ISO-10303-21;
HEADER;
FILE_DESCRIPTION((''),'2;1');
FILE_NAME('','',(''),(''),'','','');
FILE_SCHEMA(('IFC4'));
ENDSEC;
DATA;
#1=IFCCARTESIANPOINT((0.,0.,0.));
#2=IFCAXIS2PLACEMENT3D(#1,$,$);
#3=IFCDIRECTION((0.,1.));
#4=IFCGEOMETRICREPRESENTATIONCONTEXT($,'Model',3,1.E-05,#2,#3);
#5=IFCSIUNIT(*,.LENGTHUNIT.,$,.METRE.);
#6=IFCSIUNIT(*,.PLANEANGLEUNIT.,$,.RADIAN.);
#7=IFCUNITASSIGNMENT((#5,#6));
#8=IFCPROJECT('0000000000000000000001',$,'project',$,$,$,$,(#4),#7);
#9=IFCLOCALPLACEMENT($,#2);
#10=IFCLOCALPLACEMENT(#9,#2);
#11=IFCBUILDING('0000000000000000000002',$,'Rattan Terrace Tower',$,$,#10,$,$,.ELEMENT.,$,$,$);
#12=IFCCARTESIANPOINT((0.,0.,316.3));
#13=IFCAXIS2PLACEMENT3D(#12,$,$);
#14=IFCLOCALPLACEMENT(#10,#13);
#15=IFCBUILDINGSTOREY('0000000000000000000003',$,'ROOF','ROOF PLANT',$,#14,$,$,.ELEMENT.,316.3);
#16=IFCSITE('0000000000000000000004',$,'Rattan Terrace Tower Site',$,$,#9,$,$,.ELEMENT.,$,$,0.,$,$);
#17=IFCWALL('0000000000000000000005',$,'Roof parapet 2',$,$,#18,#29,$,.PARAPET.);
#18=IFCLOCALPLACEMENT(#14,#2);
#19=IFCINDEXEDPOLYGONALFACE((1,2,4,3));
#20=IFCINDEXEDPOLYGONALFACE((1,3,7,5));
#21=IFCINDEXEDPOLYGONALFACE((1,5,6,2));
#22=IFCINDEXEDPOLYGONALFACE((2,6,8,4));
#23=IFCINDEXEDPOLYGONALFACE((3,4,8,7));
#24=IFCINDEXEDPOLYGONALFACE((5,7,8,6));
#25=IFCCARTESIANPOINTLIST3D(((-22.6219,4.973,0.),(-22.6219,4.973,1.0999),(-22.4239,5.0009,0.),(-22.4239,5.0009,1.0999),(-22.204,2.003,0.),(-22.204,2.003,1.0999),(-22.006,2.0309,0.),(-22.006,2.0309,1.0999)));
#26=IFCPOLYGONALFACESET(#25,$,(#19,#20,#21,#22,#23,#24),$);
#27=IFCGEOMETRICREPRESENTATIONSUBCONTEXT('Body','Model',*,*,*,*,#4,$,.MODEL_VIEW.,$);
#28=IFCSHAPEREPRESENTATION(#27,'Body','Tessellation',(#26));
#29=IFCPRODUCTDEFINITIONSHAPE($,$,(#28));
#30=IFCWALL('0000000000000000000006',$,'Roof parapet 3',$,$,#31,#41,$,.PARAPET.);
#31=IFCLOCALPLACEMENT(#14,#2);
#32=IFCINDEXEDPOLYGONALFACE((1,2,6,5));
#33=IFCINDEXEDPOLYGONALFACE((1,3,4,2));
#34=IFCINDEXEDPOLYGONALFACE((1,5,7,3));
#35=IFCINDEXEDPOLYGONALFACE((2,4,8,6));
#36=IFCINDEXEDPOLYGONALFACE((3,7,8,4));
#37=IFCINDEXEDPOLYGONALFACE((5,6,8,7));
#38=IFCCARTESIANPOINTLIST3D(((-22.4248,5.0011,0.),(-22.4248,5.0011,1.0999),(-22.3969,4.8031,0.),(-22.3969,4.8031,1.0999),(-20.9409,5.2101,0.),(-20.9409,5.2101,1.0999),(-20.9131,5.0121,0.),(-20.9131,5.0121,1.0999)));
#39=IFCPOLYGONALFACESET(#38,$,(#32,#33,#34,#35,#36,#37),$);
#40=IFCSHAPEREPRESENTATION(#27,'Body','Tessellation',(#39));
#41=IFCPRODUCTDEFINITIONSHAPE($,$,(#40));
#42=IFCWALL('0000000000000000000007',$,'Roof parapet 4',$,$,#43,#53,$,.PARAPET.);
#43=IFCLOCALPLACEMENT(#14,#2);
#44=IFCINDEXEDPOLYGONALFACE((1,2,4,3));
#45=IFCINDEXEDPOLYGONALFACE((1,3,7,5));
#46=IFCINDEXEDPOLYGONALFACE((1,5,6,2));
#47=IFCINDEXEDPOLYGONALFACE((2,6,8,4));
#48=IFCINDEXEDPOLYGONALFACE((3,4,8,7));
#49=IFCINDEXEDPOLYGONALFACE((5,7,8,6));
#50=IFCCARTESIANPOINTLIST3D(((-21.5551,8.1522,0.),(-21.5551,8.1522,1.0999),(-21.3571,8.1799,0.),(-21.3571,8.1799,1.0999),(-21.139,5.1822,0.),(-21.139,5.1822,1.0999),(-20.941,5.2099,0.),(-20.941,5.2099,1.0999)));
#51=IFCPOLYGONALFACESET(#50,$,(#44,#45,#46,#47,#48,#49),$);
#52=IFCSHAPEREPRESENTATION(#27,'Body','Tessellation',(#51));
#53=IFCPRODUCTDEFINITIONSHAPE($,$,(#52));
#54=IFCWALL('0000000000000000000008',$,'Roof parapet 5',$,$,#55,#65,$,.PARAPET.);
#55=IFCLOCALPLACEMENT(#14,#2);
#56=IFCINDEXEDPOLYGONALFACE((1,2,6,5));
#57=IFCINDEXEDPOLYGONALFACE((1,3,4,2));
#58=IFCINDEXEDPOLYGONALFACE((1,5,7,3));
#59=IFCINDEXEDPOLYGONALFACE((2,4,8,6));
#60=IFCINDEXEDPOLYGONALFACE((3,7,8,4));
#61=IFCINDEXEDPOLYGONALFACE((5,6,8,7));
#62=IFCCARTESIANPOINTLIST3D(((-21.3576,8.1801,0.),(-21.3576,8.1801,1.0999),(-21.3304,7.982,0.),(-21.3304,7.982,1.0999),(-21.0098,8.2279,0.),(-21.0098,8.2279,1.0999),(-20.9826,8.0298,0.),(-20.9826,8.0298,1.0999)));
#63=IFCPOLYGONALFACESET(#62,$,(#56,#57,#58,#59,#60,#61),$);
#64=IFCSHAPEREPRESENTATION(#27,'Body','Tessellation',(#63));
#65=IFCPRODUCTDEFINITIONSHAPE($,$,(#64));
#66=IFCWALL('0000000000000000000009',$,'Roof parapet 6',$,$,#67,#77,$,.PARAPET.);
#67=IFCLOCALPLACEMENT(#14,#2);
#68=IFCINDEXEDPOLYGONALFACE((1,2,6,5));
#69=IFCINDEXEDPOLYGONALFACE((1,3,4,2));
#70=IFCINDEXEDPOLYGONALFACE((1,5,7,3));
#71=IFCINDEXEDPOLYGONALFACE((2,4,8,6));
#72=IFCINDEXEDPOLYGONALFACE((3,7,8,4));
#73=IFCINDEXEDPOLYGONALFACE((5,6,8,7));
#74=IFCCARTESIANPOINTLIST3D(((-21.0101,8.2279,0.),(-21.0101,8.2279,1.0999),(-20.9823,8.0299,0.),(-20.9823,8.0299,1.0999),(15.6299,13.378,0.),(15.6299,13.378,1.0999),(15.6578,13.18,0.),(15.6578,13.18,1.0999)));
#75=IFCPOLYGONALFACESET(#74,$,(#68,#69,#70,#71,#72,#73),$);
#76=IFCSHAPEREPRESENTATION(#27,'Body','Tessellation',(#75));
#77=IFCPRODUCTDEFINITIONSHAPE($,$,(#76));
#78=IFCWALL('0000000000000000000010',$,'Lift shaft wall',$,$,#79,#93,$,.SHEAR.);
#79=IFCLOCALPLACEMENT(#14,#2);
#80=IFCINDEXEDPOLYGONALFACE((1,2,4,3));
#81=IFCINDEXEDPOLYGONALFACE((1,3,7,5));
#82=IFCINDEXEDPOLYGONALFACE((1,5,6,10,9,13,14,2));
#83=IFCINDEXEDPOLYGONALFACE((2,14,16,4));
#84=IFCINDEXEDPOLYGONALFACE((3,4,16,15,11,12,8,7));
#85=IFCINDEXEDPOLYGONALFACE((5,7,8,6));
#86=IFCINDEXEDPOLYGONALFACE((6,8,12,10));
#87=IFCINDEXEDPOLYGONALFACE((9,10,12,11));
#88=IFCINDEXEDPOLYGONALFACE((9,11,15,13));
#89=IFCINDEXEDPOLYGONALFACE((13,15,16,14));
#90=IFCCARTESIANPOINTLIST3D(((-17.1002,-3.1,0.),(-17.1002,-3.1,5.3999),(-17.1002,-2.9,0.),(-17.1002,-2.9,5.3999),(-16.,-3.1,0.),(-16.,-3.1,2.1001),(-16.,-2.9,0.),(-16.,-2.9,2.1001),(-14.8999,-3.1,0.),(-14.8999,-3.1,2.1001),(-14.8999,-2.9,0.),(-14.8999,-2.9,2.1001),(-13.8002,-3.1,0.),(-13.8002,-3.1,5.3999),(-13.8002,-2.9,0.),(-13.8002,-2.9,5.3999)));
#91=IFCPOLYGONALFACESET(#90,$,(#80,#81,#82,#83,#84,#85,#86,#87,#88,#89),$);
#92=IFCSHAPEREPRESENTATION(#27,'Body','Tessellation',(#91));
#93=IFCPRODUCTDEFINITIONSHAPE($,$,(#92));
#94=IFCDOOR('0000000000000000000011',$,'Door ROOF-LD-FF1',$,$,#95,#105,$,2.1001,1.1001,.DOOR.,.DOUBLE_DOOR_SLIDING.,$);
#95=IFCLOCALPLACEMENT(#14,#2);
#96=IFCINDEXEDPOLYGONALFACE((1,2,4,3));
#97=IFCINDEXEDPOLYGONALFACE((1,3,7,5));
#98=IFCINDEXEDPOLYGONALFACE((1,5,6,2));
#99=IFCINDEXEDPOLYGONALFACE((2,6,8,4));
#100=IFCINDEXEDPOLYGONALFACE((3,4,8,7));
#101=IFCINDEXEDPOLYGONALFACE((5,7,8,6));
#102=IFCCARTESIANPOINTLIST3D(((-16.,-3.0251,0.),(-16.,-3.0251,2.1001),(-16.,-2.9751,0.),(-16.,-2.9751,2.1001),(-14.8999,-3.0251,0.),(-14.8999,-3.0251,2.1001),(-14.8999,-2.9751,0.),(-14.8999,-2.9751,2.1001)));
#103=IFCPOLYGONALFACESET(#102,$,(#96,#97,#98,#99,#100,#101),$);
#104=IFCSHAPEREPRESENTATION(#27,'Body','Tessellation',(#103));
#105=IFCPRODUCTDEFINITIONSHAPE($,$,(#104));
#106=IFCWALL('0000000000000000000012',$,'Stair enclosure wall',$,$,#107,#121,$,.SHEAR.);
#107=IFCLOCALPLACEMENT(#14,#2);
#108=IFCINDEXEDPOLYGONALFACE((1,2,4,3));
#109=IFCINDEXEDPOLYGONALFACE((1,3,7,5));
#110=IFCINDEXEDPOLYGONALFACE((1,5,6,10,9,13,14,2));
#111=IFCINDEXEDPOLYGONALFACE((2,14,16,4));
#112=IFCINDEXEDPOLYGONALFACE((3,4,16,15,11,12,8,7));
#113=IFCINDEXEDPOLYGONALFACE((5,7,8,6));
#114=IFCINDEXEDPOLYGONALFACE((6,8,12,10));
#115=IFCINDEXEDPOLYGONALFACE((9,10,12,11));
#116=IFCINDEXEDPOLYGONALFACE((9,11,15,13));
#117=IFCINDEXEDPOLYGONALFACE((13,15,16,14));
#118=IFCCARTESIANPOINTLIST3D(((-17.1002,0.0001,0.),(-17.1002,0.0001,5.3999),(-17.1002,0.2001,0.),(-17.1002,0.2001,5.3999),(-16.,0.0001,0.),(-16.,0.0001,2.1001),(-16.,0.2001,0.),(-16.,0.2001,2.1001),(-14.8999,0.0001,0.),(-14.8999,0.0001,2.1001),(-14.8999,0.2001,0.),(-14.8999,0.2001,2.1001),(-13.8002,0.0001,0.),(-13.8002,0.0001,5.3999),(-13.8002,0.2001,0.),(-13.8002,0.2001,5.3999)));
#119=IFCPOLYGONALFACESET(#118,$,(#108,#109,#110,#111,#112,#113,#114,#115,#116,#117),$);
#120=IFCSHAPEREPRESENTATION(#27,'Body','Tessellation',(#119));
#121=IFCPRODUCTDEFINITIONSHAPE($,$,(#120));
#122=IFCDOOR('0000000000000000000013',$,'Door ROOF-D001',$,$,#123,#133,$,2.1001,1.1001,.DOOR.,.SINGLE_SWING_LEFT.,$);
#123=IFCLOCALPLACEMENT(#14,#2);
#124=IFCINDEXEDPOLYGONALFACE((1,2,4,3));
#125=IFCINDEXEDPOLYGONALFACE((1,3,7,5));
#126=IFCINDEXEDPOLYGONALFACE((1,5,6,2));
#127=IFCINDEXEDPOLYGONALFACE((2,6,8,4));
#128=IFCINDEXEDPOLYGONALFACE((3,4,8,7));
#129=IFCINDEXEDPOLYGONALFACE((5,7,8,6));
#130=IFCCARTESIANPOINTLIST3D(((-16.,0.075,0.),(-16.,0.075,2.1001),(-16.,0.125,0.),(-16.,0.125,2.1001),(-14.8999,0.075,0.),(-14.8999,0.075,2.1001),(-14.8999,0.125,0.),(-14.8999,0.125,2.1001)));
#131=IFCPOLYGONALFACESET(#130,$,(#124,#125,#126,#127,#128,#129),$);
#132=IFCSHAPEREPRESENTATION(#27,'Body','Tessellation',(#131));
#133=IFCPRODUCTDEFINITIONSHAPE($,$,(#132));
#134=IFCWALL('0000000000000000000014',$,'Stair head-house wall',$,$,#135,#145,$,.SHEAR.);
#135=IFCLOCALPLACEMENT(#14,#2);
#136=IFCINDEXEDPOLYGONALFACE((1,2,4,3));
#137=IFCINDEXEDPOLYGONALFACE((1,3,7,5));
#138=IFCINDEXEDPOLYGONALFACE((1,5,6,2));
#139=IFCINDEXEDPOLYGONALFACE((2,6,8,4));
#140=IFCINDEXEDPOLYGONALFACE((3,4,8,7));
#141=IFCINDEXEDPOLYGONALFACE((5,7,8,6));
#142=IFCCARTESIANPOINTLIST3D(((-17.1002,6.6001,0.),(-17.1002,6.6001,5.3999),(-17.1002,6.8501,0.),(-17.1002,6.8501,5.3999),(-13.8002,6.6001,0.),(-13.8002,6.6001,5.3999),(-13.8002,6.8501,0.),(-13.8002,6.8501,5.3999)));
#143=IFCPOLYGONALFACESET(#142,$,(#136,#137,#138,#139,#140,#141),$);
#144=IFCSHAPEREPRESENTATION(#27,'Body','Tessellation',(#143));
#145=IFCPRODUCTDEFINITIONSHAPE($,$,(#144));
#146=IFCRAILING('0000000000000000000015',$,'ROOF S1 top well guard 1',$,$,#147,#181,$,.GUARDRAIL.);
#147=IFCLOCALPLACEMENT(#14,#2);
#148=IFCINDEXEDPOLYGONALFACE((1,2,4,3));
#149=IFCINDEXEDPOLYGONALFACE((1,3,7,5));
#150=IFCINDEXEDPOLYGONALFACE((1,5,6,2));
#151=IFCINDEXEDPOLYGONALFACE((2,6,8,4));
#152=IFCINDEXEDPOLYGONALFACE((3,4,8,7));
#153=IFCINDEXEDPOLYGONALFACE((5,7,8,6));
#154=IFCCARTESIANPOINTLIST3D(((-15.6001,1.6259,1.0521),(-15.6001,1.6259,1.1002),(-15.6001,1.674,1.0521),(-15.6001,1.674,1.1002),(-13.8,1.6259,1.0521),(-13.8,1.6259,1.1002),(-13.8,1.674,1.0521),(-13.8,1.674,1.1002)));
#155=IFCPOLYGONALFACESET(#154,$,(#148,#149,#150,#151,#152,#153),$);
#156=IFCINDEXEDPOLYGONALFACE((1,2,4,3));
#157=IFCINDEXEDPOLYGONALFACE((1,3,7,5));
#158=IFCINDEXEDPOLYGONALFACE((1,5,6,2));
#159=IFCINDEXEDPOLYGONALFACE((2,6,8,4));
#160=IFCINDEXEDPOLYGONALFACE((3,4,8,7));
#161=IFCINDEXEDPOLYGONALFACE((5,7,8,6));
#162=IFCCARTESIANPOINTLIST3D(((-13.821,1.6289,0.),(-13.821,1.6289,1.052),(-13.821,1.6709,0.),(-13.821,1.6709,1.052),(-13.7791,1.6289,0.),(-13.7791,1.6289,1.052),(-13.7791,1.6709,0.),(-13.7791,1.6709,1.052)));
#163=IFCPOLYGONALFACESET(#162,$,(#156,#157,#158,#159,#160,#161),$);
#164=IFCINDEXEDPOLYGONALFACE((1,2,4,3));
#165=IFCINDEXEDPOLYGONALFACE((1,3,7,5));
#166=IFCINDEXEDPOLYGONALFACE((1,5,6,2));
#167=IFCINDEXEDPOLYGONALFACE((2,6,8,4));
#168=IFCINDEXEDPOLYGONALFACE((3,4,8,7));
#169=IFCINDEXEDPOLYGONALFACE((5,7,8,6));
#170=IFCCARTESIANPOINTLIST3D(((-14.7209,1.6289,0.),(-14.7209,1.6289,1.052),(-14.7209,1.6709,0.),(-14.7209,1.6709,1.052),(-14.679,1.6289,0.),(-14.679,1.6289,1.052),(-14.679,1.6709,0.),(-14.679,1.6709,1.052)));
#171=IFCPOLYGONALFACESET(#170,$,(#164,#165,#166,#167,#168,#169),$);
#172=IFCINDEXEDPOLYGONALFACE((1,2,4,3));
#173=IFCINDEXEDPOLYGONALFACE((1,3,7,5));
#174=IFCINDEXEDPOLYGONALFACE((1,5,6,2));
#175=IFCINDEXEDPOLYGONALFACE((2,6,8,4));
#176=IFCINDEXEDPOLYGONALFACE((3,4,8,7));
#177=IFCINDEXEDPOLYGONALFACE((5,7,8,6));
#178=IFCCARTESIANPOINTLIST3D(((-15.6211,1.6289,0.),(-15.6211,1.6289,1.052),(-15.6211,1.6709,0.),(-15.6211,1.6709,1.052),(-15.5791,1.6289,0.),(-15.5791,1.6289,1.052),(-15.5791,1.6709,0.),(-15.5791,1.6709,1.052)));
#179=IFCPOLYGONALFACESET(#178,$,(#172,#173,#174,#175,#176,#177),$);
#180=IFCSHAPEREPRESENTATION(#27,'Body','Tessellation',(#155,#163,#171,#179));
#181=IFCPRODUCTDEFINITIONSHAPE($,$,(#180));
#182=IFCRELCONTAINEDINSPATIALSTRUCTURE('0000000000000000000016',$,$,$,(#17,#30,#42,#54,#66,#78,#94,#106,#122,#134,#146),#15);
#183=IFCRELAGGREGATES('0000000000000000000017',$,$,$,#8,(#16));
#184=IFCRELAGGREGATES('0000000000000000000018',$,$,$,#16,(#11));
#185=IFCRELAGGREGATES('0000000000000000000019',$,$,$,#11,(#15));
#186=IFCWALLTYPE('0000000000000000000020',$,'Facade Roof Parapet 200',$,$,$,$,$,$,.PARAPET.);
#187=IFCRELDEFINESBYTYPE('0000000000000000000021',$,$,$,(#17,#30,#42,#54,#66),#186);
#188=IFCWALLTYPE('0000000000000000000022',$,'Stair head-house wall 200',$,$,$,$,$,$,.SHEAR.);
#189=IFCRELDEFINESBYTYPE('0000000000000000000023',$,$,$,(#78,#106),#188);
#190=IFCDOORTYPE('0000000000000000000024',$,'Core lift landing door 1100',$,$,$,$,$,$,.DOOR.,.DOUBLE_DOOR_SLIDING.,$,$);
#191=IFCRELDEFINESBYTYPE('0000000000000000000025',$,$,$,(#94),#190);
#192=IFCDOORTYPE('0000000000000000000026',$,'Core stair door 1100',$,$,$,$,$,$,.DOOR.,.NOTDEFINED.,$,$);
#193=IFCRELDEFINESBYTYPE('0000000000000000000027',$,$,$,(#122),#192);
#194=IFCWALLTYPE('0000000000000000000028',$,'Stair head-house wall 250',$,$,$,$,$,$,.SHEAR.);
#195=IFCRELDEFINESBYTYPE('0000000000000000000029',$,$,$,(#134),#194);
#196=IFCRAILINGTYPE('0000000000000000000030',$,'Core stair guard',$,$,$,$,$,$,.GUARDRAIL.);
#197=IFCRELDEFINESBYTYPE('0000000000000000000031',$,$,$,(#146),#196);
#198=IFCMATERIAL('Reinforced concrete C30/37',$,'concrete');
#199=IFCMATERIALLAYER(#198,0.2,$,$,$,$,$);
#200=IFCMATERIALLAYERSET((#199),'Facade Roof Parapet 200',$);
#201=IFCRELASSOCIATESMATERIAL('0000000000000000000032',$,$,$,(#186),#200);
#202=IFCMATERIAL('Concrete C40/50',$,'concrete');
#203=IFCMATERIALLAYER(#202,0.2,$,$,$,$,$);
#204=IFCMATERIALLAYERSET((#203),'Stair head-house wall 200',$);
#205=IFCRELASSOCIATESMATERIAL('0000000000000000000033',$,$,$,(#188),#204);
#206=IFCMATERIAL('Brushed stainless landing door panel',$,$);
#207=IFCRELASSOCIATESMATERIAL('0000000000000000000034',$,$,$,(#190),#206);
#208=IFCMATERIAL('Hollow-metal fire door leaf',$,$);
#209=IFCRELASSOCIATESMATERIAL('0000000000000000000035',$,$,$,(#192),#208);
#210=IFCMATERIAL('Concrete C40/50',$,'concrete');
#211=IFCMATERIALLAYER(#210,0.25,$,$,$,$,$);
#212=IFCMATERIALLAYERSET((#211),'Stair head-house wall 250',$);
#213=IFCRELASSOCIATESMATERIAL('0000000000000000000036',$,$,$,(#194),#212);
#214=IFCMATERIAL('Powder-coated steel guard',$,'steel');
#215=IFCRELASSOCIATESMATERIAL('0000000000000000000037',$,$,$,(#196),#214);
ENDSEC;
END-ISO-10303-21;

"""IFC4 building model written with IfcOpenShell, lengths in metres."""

from ifc_helpers import new_model, si_unit, direction, frame, frame_2d, origin, origin_2d, place, context, subcontext, project, spatial, rectangle, extrude, material, layer, layer_set, type_object, element, fill, save


model = new_model("IFC4")

# Units and contexts
model_context = context("Model", 3, precision=1e-05, world=origin(), true_north=direction((0.0, 1.0)))
body_context = subcontext(model_context, "Body", "Model", "MODEL_VIEW")
ifc_project = project(units=[si_unit("LENGTHUNIT", "METRE"), si_unit("PLANEANGLEUNIT", "RADIAN")], contexts=[model_context])

# Site, building, storey
site_placement = place(None, origin())
site = spatial("IfcSite", under=ifc_project, at=site_placement, Name="Rattan Terrace Tower Site", CompositionType="ELEMENT", RefElevation=0.0)
building_placement = place(site_placement, origin())
building = spatial("IfcBuilding", under=site, at=building_placement, Name="Rattan Terrace Tower", CompositionType="ELEMENT")
storey_placement = place(building_placement, frame((0.0, 0.0, 316.3)))
storey = spatial("IfcBuildingStorey", under=building, at=storey_placement, Name="ROOF", Description="ROOF PLANT", CompositionType="ELEMENT", Elevation=316.3)

# Walls
ifc_material_1 = material(Name="Reinforced concrete C30/37", Category="concrete")
ifc_layer_1 = layer(ifc_material_1, 0.2)
ifc_layer_set_1 = layer_set([ifc_layer_1], Name="Facade Roof Parapet 200")
wall_type_1 = type_object("IfcWallType", Name="Facade Roof Parapet 200", PredefinedType="PARAPET", material=ifc_layer_set_1)
wall_1_placement = place(storey_placement, frame((-22.105, 2.0171, 0.0), z_axis=(0.0, 0.0, 1.0), x_axis=(-0.139358, 0.990242, 0.0)))
element("IfcWall", 1, at=wall_1_placement, inside=storey, type_object=wall_type_1, Name="Roof parapet 2", PredefinedType="PARAPET", context=body_context, shape_type="SweptSolid", body=[
    extrude(rectangle(XDim=2.9993, YDim=0.2, at=frame_2d((1.4995, 0.0))), origin(), (0.0, 0.0, 1.0), 1.0999),
])
wall_2_placement = place(storey_placement, frame((-22.4109, 4.9021, 0.0), z_axis=(0.0, 0.0, 1.0), x_axis=(0.990228, 0.13946, 0.0)))
element("IfcWall", 2, at=wall_2_placement, inside=storey, type_object=wall_type_1, Name="Roof parapet 3", PredefinedType="PARAPET", context=body_context, shape_type="SweptSolid", body=[
    extrude(rectangle(XDim=1.4985, YDim=0.2, at=frame_2d((0.7493, 0.0))), origin(), (0.0, 0.0, 1.0), 1.0999),
])
wall_3_placement = place(storey_placement, frame((-21.04, 5.196, 0.0), z_axis=(0.0, 0.0, 1.0), x_axis=(-0.13872, 0.990332, 0.0)))
element("IfcWall", 3, at=wall_3_placement, inside=storey, type_object=wall_type_1, Name="Roof parapet 4", PredefinedType="PARAPET", context=body_context, shape_type="SweptSolid", body=[
    extrude(rectangle(XDim=2.999, YDim=0.2, at=frame_2d((1.4995, 0.0))), origin(), (0.0, 0.0, 1.0), 1.0999),
])
wall_4_placement = place(storey_placement, frame((-21.344, 8.0811, 0.0), z_axis=(0.0, 0.0, 1.0), x_axis=(0.990673, 0.136261, 0.0)))
element("IfcWall", 4, at=wall_4_placement, inside=storey, type_object=wall_type_1, Name="Roof parapet 5", PredefinedType="PARAPET", context=body_context, shape_type="SweptSolid", body=[
    extrude(rectangle(XDim=0.3511, YDim=0.2, at=frame_2d((0.1755, 0.0))), origin(), (0.0, 0.0, 1.0), 1.0999),
])
wall_5_placement = place(storey_placement, frame((-20.9961, 8.1289, 0.0), z_axis=(0.0, 0.0, 1.0), x_axis=(0.990265, 0.139192, 0.0)))
element("IfcWall", 5, at=wall_5_placement, inside=storey, type_object=wall_type_1, Name="Roof parapet 6", PredefinedType="PARAPET", context=body_context, shape_type="SweptSolid", body=[
    extrude(rectangle(XDim=37.0002, YDim=0.2, at=frame_2d((18.5, 0.0))), origin(), (0.0, 0.0, 1.0), 1.0999),
])

# Walls, openings, doors
ifc_material_2 = material(Name="Concrete C40/50", Category="concrete")
ifc_layer_2 = layer(ifc_material_2, 0.2)
ifc_layer_set_2 = layer_set([ifc_layer_2], Name="Stair head-house wall 200")
wall_type_2 = type_object("IfcWallType", Name="Stair head-house wall 200", PredefinedType="SHEAR", material=ifc_layer_set_2)
wall_6_placement = place(storey_placement, frame((-17.1001, -3.0, 0.0), z_axis=(0.0, 0.0, 1.0), x_axis=(1.0, 0.0, 0.0)))
wall_6 = element("IfcWall", 6, at=wall_6_placement, inside=storey, type_object=wall_type_2, Name="Lift shaft wall", PredefinedType="SHEAR", context=body_context, shape_type="SweptSolid", body=[
    extrude(rectangle(XDim=3.3, YDim=0.2, at=frame_2d((1.6499, 0.0))), origin(), (0.0, 0.0, 1.0), 5.3999),
])
opening_1_placement = place(wall_6_placement, frame((1.1001, 0.0, 0.0)))
opening_1 = element("IfcOpeningElement", 7, at=opening_1_placement, cuts=wall_6, PredefinedType="OPENING", context=body_context, shape_type="SweptSolid", body=[
    extrude(rectangle(XDim=1.1001, YDim=2.1001, at=frame_2d((0.55, 1.05))), frame((0.0, 0.1106, 0.0), z_axis=(0.0, -1.0, 0.0), x_axis=(1.0, 0.0, 0.0)), (0.0, 0.0, 1.0), 0.2209),
])
ifc_material_3 = material(Name="Brushed stainless landing door panel")
door_type_1 = type_object("IfcDoorType", Name="Core lift landing door 1100", OperationType="DOUBLE_DOOR_SLIDING", PredefinedType="DOOR", material=ifc_material_3)
door_1_placement = place(opening_1_placement, origin())
door_1 = element("IfcDoor", 8, at=door_1_placement, inside=storey, type_object=door_type_1, Name="Door ROOF-LD-FF1", OperationType="DOUBLE_DOOR_SLIDING", OverallHeight=2.1001, OverallWidth=1.1001, PredefinedType="DOOR", context=body_context, shape_type="SweptSolid", body=[
    extrude(rectangle(XDim=1.1001, YDim=2.1001, at=frame_2d((0.55, 1.05))), frame((0.0, 0.0249, 0.0), z_axis=(0.0, -1.0, 0.0), x_axis=(1.0, 0.0, 0.0)), (0.0, 0.0, 1.0), 0.05),
])
fill(opening_1, door_1)
wall_7_placement = place(storey_placement, frame((-17.1001, 0.1001, 0.0), z_axis=(0.0, 0.0, 1.0), x_axis=(1.0, 0.0, 0.0)))
wall_7 = element("IfcWall", 9, at=wall_7_placement, inside=storey, type_object=wall_type_2, Name="Stair enclosure wall", PredefinedType="SHEAR", context=body_context, shape_type="SweptSolid", body=[
    extrude(rectangle(XDim=3.3, YDim=0.2, at=frame_2d((1.6499, 0.0))), origin(), (0.0, 0.0, 1.0), 5.3999),
])
opening_2_placement = place(wall_7_placement, frame((1.1001, 0.0, 0.0)))
opening_2 = element("IfcOpeningElement", 10, at=opening_2_placement, cuts=wall_7, PredefinedType="OPENING", context=body_context, shape_type="SweptSolid", body=[
    extrude(rectangle(XDim=1.1001, YDim=2.1001, at=frame_2d((0.55, 1.05))), frame((0.0, 0.1106, 0.0), z_axis=(0.0, -1.0, 0.0), x_axis=(1.0, 0.0, 0.0)), (0.0, 0.0, 1.0), 0.2209),
])
ifc_material_4 = material(Name="Hollow-metal fire door leaf")
door_type_2 = type_object("IfcDoorType", Name="Core stair door 1100", OperationType="NOTDEFINED", PredefinedType="DOOR", material=ifc_material_4)
door_2_placement = place(opening_2_placement, origin())
door_2 = element("IfcDoor", 11, at=door_2_placement, inside=storey, type_object=door_type_2, Name="Door ROOF-D001", OperationType="SINGLE_SWING_LEFT", OverallHeight=2.1001, OverallWidth=1.1001, PredefinedType="DOOR", context=body_context, shape_type="SweptSolid", body=[
    extrude(rectangle(XDim=1.1001, YDim=2.1001, at=frame_2d((0.55, 1.05))), frame((0.0, 0.0249, 0.0), z_axis=(0.0, -1.0, 0.0), x_axis=(1.0, 0.0, 0.0)), (0.0, 0.0, 1.0), 0.05),
])
fill(opening_2, door_2)

# Wall
ifc_material_5 = material(Name="Concrete C40/50", Category="concrete")
ifc_layer_3 = layer(ifc_material_5, 0.25)
ifc_layer_set_3 = layer_set([ifc_layer_3], Name="Stair head-house wall 250")
wall_type_3 = type_object("IfcWallType", Name="Stair head-house wall 250", PredefinedType="SHEAR", material=ifc_layer_set_3)
wall_8_placement = place(storey_placement, frame((-17.1001, 6.7251, 0.0), z_axis=(0.0, 0.0, 1.0), x_axis=(1.0, 0.0, 0.0)))
element("IfcWall", 12, at=wall_8_placement, inside=storey, type_object=wall_type_3, Name="Stair head-house wall", PredefinedType="SHEAR", context=body_context, shape_type="SweptSolid", body=[
    extrude(rectangle(XDim=3.3, YDim=0.25, at=frame_2d((1.6499, 0.0))), origin(), (0.0, 0.0, 1.0), 5.3999),
])

# Railing
ifc_material_6 = material(Name="Powder-coated steel guard", Category="steel")
railing_type = type_object("IfcRailingType", Name="Core stair guard", PredefinedType="GUARDRAIL", material=ifc_material_6)
railing_placement = place(storey_placement, frame((-13.8, 1.6499, 0.0)))
element("IfcRailing", 13, at=railing_placement, inside=storey, type_object=railing_type, Name="ROOF S1 top well guard 1", PredefinedType="GUARDRAIL", context=body_context, shape_type="SweptSolid", body=[
    extrude(rectangle(XDim=0.0481, YDim=0.0481, at=origin_2d()), frame((0.0, 0.0, 1.0762), z_axis=(-1.0, 0.0, 0.0), x_axis=(0.0, -1.0, 0.0)), (0.0, 0.0, 1.0), 1.8),
    extrude(rectangle(XDim=0.042, YDim=0.042, at=origin_2d()), origin(), (0.0, 0.0, 1.0), 1.052),
    extrude(rectangle(XDim=0.042, YDim=0.042, at=origin_2d()), frame((-0.8999, 0.0, 0.0)), (0.0, 0.0, 1.0), 1.052),
    extrude(rectangle(XDim=0.042, YDim=0.042, at=origin_2d()), frame((-1.8, 0.0, 0.0)), (0.0, 0.0, 1.0), 1.052),
])

save(model, "model.ifc")
